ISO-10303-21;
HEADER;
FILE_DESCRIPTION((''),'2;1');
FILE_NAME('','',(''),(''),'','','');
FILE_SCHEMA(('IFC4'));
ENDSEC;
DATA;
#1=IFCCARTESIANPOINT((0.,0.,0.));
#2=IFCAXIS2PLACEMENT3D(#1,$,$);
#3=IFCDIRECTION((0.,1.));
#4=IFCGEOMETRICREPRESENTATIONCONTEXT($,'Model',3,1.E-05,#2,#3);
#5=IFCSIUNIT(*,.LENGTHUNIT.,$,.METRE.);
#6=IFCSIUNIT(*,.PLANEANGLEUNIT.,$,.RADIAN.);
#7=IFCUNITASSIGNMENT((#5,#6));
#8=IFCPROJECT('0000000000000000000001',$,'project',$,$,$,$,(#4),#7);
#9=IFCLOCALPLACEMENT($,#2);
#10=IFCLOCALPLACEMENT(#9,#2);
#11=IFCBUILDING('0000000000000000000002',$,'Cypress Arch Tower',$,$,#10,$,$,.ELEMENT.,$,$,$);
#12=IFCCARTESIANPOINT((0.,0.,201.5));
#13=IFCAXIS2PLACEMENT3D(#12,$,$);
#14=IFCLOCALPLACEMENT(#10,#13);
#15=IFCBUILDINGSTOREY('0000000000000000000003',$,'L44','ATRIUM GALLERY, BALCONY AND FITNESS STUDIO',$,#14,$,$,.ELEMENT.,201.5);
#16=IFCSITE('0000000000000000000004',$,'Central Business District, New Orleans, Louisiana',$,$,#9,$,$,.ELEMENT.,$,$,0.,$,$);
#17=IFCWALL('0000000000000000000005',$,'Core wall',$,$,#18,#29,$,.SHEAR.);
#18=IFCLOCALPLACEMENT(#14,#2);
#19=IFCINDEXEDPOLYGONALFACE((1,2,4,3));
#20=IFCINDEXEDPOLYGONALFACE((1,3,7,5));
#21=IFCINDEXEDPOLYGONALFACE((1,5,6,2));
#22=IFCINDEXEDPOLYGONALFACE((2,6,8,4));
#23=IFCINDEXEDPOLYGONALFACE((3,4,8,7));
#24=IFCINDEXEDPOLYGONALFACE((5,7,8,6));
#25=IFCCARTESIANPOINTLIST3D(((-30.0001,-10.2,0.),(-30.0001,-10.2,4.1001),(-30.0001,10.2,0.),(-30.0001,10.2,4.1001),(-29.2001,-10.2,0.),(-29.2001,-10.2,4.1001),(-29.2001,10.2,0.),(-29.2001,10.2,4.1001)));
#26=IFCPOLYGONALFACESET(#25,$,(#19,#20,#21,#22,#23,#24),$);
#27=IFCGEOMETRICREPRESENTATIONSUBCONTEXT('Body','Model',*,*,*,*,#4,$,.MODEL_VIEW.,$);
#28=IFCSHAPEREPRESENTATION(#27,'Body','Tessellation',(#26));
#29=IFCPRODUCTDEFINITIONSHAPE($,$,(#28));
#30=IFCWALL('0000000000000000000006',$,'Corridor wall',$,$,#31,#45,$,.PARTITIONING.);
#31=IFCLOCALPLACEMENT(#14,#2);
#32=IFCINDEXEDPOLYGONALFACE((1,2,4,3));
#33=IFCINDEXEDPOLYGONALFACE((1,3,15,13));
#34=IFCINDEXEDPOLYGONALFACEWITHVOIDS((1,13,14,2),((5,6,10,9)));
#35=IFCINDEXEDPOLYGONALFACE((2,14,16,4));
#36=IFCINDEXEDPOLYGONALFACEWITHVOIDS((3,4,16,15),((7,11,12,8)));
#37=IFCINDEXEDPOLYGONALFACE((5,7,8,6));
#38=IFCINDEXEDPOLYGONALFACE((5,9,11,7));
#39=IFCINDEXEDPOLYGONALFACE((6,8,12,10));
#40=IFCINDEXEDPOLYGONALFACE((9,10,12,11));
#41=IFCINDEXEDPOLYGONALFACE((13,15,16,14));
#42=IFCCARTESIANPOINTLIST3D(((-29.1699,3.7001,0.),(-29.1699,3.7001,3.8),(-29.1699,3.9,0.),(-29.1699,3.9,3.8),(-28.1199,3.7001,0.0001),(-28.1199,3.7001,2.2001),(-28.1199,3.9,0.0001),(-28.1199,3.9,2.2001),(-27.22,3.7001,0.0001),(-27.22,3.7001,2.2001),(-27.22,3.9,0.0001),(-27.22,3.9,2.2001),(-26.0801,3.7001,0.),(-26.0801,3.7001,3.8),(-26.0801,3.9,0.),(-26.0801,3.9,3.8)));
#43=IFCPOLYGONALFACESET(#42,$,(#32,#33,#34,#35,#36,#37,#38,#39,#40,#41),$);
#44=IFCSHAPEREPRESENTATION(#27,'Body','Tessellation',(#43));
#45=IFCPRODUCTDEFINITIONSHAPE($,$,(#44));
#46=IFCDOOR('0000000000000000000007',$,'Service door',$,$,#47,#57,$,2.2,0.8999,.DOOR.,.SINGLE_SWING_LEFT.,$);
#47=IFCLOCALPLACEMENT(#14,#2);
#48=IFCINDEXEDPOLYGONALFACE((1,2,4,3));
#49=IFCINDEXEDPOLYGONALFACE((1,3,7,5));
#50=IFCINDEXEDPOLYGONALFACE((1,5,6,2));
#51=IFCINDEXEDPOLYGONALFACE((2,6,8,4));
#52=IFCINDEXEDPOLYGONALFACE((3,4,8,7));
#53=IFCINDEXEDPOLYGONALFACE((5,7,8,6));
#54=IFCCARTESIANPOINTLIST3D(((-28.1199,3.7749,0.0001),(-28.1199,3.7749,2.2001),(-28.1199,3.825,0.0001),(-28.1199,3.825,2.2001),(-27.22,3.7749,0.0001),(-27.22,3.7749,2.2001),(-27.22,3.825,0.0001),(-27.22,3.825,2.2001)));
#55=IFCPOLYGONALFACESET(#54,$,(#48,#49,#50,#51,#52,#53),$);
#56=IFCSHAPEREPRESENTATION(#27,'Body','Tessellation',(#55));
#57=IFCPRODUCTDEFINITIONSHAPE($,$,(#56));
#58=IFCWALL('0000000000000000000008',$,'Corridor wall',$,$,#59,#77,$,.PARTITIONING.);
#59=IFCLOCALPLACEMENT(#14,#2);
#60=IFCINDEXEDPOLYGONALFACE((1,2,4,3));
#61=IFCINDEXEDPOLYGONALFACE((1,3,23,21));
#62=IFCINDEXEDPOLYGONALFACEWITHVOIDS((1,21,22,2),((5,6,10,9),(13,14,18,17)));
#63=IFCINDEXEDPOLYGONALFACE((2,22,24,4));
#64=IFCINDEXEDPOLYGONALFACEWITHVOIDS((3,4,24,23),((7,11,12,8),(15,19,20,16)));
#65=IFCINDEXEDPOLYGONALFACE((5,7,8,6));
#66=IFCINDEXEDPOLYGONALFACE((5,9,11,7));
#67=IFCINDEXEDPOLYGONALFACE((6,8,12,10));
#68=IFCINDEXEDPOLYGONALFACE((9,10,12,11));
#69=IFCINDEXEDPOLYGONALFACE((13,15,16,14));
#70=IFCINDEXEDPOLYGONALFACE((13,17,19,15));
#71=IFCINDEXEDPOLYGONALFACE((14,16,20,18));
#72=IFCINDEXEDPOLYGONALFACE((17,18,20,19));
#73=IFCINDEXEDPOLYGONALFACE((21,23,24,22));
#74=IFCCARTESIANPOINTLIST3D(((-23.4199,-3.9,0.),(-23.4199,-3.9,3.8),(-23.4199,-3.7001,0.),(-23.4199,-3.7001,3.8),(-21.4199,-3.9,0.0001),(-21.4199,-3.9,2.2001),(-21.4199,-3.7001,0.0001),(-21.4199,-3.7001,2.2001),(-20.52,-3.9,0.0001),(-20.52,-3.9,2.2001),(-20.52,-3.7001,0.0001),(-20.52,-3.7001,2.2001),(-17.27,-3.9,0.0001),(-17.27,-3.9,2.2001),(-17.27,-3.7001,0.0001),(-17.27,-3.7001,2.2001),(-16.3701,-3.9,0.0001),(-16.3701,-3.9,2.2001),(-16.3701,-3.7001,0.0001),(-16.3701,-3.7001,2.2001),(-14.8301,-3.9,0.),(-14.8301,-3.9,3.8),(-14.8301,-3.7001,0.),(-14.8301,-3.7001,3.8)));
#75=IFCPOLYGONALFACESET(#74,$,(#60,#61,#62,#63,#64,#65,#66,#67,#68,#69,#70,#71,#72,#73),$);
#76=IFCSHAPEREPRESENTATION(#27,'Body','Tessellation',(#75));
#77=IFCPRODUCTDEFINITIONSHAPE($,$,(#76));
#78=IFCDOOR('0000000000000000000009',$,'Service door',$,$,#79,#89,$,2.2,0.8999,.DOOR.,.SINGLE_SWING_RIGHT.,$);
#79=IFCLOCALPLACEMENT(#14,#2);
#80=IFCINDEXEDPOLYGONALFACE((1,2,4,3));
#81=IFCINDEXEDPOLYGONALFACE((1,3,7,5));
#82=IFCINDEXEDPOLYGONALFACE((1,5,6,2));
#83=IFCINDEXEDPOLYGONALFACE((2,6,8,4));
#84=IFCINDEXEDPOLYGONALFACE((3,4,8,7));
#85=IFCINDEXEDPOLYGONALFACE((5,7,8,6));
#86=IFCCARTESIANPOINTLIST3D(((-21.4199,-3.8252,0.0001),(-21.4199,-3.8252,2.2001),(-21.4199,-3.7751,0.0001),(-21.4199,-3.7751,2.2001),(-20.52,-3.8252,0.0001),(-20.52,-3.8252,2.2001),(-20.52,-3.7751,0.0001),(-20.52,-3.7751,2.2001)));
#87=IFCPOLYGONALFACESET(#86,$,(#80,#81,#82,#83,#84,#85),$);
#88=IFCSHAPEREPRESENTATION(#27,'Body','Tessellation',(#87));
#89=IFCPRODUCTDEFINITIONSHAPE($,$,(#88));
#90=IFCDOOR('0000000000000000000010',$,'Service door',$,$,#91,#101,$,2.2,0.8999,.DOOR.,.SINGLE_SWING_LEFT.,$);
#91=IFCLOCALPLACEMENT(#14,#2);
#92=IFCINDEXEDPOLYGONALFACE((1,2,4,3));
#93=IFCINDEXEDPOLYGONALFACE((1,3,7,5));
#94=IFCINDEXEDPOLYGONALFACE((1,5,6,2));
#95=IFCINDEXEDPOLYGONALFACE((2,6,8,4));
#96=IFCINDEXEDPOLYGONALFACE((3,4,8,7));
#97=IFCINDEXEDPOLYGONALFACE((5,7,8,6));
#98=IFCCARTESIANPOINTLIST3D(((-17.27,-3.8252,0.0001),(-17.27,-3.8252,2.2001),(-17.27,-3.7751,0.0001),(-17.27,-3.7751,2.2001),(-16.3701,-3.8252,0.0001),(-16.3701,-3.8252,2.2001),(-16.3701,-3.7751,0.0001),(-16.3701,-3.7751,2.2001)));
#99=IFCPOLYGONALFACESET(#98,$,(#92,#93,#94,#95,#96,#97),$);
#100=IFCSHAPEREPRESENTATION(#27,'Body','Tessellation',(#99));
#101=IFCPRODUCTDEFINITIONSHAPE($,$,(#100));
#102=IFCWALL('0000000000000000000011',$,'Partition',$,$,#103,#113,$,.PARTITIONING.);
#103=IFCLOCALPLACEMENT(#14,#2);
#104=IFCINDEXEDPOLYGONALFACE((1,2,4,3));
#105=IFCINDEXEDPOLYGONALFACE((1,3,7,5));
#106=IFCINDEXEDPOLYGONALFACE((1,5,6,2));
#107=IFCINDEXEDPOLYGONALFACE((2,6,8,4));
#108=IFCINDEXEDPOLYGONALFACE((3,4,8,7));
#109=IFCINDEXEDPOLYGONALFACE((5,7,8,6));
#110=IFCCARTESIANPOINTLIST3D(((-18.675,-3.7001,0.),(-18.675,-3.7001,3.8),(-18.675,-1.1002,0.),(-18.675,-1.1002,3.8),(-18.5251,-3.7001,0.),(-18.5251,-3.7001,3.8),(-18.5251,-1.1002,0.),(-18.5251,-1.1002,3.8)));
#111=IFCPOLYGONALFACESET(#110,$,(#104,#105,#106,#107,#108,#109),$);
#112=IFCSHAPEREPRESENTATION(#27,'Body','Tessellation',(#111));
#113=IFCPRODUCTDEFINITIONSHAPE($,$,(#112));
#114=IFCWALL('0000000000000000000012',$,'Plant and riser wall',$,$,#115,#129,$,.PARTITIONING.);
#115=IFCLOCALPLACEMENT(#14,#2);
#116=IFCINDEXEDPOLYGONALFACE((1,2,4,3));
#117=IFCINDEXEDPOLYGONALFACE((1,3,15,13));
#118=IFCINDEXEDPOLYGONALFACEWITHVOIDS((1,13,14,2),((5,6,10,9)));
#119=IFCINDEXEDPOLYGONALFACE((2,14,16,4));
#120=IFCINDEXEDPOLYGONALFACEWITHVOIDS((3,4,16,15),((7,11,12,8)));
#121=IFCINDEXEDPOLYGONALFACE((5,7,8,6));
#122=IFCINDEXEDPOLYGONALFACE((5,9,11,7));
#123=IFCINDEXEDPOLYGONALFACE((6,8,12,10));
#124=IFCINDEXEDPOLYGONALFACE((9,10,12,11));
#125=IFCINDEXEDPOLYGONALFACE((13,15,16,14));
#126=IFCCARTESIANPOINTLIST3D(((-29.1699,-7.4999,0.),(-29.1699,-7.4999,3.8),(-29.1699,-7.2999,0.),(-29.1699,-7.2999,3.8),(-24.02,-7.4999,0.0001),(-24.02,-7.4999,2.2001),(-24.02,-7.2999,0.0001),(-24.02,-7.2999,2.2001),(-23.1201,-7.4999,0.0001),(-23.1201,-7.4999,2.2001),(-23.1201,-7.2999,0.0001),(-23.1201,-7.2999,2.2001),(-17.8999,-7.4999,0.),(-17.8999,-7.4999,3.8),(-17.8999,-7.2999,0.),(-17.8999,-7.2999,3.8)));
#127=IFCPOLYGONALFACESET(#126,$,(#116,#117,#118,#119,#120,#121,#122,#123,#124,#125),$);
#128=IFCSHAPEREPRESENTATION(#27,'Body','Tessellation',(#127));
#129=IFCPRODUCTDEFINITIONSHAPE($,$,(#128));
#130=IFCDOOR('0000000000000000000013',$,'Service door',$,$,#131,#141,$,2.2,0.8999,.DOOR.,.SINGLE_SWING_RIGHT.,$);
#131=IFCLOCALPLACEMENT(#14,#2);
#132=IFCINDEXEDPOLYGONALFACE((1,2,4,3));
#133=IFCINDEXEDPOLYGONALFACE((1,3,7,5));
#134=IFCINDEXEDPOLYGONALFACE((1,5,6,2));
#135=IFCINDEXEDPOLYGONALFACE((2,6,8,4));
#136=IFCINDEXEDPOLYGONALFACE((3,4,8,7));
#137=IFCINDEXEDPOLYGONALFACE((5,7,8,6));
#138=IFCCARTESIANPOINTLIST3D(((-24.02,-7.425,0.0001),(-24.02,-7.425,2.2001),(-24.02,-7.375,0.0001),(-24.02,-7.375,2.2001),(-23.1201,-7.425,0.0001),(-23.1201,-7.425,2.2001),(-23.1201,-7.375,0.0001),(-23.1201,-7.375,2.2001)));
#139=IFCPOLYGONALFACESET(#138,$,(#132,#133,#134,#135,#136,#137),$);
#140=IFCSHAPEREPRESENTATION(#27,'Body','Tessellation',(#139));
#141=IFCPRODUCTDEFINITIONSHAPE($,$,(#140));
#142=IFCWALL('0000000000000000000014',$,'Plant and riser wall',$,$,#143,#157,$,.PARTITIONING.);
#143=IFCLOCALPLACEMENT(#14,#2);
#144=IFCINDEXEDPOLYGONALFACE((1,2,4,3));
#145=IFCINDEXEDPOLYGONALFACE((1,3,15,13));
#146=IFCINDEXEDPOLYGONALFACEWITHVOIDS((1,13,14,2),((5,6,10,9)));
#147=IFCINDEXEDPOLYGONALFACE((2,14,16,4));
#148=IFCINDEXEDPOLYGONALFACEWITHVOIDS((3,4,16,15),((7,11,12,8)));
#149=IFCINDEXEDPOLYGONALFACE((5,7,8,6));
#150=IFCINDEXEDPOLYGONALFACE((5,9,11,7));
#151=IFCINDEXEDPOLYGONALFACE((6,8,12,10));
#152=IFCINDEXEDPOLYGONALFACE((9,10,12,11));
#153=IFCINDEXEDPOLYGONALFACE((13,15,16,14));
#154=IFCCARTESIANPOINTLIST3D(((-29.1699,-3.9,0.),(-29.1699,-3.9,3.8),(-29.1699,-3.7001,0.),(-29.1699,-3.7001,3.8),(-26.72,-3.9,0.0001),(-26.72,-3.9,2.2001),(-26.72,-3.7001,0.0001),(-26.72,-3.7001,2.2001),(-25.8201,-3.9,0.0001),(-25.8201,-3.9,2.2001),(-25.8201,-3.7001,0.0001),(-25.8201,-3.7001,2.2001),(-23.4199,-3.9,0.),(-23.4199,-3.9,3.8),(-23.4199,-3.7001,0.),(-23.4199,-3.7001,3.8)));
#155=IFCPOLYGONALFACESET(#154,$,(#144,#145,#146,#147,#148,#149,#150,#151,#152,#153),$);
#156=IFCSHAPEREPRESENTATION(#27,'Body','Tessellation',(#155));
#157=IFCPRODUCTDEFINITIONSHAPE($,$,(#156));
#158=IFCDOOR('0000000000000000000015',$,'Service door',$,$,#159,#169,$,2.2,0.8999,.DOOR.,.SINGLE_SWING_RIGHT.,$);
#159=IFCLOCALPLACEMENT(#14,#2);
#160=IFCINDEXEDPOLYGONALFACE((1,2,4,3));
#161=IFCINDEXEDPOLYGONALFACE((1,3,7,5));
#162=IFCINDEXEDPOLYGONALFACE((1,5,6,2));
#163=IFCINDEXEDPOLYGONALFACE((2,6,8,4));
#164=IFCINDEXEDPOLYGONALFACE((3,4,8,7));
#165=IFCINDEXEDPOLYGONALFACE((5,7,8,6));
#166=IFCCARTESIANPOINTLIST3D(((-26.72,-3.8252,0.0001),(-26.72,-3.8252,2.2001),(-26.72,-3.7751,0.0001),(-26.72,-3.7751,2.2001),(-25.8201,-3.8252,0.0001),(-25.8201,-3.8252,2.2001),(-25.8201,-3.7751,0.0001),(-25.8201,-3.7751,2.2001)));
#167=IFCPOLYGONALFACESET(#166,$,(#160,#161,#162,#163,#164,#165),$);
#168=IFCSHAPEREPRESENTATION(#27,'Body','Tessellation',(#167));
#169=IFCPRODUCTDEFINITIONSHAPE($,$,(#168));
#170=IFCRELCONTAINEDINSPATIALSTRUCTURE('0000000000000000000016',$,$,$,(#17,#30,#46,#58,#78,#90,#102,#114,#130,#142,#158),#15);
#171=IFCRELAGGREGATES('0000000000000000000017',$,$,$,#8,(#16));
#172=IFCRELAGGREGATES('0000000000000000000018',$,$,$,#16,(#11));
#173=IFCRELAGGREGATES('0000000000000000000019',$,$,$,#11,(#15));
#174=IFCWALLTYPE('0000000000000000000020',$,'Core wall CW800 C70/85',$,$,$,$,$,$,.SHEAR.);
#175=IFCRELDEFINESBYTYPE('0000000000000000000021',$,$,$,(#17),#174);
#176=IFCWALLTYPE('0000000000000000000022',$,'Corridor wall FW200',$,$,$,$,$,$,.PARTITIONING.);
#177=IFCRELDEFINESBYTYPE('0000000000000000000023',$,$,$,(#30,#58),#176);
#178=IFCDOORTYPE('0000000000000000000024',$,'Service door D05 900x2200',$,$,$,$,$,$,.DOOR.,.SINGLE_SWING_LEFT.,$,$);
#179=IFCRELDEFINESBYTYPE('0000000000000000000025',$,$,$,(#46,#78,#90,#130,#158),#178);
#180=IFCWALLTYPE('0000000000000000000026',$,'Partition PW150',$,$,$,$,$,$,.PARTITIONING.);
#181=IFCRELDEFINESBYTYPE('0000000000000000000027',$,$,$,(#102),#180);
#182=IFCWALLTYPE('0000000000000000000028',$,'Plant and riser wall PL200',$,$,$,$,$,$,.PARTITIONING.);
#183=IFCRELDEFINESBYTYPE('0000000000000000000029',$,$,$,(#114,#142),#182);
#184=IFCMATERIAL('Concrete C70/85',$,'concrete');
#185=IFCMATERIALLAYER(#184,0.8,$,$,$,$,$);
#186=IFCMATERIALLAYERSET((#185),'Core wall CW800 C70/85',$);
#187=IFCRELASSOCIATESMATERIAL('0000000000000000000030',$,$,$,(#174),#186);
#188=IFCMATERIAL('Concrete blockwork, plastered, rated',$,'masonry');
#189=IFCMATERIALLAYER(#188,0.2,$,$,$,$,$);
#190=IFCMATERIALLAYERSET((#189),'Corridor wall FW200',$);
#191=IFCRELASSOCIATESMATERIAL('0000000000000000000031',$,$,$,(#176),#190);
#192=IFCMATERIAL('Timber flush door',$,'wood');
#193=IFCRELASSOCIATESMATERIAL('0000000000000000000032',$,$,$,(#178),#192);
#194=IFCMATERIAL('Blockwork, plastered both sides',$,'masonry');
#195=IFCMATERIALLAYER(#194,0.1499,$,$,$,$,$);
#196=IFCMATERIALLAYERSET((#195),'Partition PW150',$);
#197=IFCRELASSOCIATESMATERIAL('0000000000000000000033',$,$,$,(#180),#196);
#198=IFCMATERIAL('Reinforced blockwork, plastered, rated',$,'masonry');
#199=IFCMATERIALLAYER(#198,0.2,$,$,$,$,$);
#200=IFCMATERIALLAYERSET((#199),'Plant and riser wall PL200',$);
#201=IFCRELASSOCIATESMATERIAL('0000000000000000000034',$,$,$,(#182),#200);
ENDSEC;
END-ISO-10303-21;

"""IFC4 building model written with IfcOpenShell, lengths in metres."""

from ifc_helpers import new_model, si_unit, direction, frame, frame_2d, origin, place, context, subcontext, project, spatial, rectangle, extrude, material, layer, layer_set, type_object, element, fill, save


model = new_model("IFC4")

# Units and contexts
model_context = context("Model", 3, precision=1e-05, world=origin(), true_north=direction((0.0, 1.0)))
body_context = subcontext(model_context, "Body", "Model", "MODEL_VIEW")
ifc_project = project(units=[si_unit("LENGTHUNIT", "METRE"), si_unit("PLANEANGLEUNIT", "RADIAN")], contexts=[model_context])

# Site, building, storey
site_placement = place(None, origin())
site = spatial("IfcSite", under=ifc_project, at=site_placement, Name="Central Business District, New Orleans, Louisiana", CompositionType="ELEMENT", RefElevation=0.0)
building_placement = place(site_placement, origin())
building = spatial("IfcBuilding", under=site, at=building_placement, Name="Cypress Arch Tower", CompositionType="ELEMENT")
storey_placement = place(building_placement, frame((0.0, 0.0, 201.5)))
storey = spatial("IfcBuildingStorey", under=building, at=storey_placement, Name="L44", Description="ATRIUM GALLERY, BALCONY AND FITNESS STUDIO", CompositionType="ELEMENT", Elevation=201.5)

# Wall
ifc_material_1 = material(Name="Concrete C70/85", Category="concrete")
ifc_layer_1 = layer(ifc_material_1, 0.8)
ifc_layer_set_1 = layer_set([ifc_layer_1], Name="Core wall CW800 C70/85")
wall_type_1 = type_object("IfcWallType", Name="Core wall CW800 C70/85", PredefinedType="SHEAR", material=ifc_layer_set_1)
wall_1_placement = place(storey_placement, frame((-29.6001, -10.2, 0.0), z_axis=(0.0, 0.0, 1.0), x_axis=(0.0, 1.0, 0.0)))
element("IfcWall", 1, at=wall_1_placement, inside=storey, type_object=wall_type_1, Name="Core wall", PredefinedType="SHEAR", context=body_context, shape_type="SweptSolid", body=[
    extrude(rectangle(XDim=20.3999, YDim=0.8, at=frame_2d((10.2, 0.0))), origin(), (0.0, 0.0, 1.0), 4.1001),
])

# Wall, opening, door
ifc_material_2 = material(Name="Concrete blockwork, plastered, rated", Category="masonry")
ifc_layer_2 = layer(ifc_material_2, 0.2)
ifc_layer_set_2 = layer_set([ifc_layer_2], Name="Corridor wall FW200")
wall_type_2 = type_object("IfcWallType", Name="Corridor wall FW200", PredefinedType="PARTITIONING", material=ifc_layer_set_2)
wall_2_placement = place(storey_placement, frame((-29.1699, 3.8, 0.0), z_axis=(0.0, 0.0, 1.0), x_axis=(1.0, 0.0, 0.0)))
wall_2 = element("IfcWall", 2, at=wall_2_placement, inside=storey, type_object=wall_type_2, Name="Corridor wall", PredefinedType="PARTITIONING", context=body_context, shape_type="SweptSolid", body=[
    extrude(rectangle(XDim=3.0898, YDim=0.2, at=frame_2d((1.5449, 0.0))), origin(), (0.0, 0.0, 1.0), 3.8),
])
opening_1_placement = place(wall_2_placement, frame((1.05, 0.0, 0.0)))
opening_1 = element("IfcOpeningElement", 3, at=opening_1_placement, cuts=wall_2, PredefinedType="OPENING", context=body_context, shape_type="SweptSolid", body=[
    extrude(rectangle(XDim=0.8999, YDim=2.2, at=frame_2d((0.45, 1.1001))), frame((0.0, 0.1099, 0.0), z_axis=(0.0, -1.0, 0.0), x_axis=(1.0, 0.0, 0.0)), (0.0, 0.0, 1.0), 0.22),
])
ifc_material_3 = material(Name="Timber flush door", Category="wood")
door_type_1 = type_object("IfcDoorType", Name="Service door D05 900x2200", OperationType="SINGLE_SWING_LEFT", PredefinedType="DOOR", material=ifc_material_3)
door_1_placement = place(opening_1_placement, origin())
door_1 = element("IfcDoor", 4, at=door_1_placement, inside=storey, type_object=door_type_1, Name="Service door", OperationType="SINGLE_SWING_LEFT", OverallHeight=2.2, OverallWidth=0.8999, PredefinedType="DOOR", context=body_context, shape_type="SweptSolid", body=[
    extrude(rectangle(XDim=0.8999, YDim=2.2, at=frame_2d((0.45, 1.1001))), frame((0.0, 0.0249, 0.0), z_axis=(0.0, -1.0, 0.0), x_axis=(1.0, 0.0, 0.0)), (0.0, 0.0, 1.0), 0.05),
])
fill(opening_1, door_1)

# Wall, openings, doors
wall_3_placement = place(storey_placement, frame((-23.4199, -3.8, 0.0), z_axis=(0.0, 0.0, 1.0), x_axis=(1.0, 0.0, 0.0)))
wall_3 = element("IfcWall", 5, at=wall_3_placement, inside=storey, type_object=wall_type_2, Name="Corridor wall", PredefinedType="PARTITIONING", context=body_context, shape_type="SweptSolid", body=[
    extrude(rectangle(XDim=8.5898, YDim=0.2, at=frame_2d((4.2949, 0.0))), origin(), (0.0, 0.0, 1.0), 3.8),
])
opening_2_placement = place(wall_3_placement, frame((2.0, 0.0, 0.0)))
opening_2 = element("IfcOpeningElement", 6, at=opening_2_placement, cuts=wall_3, PredefinedType="OPENING", context=body_context, shape_type="SweptSolid", body=[
    extrude(rectangle(XDim=0.8999, YDim=2.2, at=frame_2d((0.45, 1.1001))), frame((0.0, 0.1099, 0.0), z_axis=(0.0, -1.0, 0.0), x_axis=(1.0, 0.0, 0.0)), (0.0, 0.0, 1.0), 0.22),
])
opening_3_placement = place(wall_3_placement, frame((6.1499, 0.0, 0.0)))
opening_3 = element("IfcOpeningElement", 7, at=opening_3_placement, cuts=wall_3, PredefinedType="OPENING", context=body_context, shape_type="SweptSolid", body=[
    extrude(rectangle(XDim=0.8999, YDim=2.2, at=frame_2d((0.45, 1.1001))), frame((0.0, 0.1099, 0.0), z_axis=(0.0, -1.0, 0.0), x_axis=(1.0, 0.0, 0.0)), (0.0, 0.0, 1.0), 0.22),
])
door_2_placement = place(opening_2_placement, origin())
door_2 = element("IfcDoor", 8, at=door_2_placement, inside=storey, type_object=door_type_1, Name="Service door", OperationType="SINGLE_SWING_RIGHT", OverallHeight=2.2, OverallWidth=0.8999, PredefinedType="DOOR", context=body_context, shape_type="SweptSolid", body=[
    extrude(rectangle(XDim=0.8999, YDim=2.2, at=frame_2d((0.45, 1.1001))), frame((0.0, 0.0249, 0.0), z_axis=(0.0, -1.0, 0.0), x_axis=(1.0, 0.0, 0.0)), (0.0, 0.0, 1.0), 0.05),
])
fill(opening_2, door_2)
door_3_placement = place(opening_3_placement, origin())
door_3 = element("IfcDoor", 9, at=door_3_placement, inside=storey, type_object=door_type_1, Name="Service door", OperationType="SINGLE_SWING_LEFT", OverallHeight=2.2, OverallWidth=0.8999, PredefinedType="DOOR", context=body_context, shape_type="SweptSolid", body=[
    extrude(rectangle(XDim=0.8999, YDim=2.2, at=frame_2d((0.45, 1.1001))), frame((0.0, 0.0249, 0.0), z_axis=(0.0, -1.0, 0.0), x_axis=(1.0, 0.0, 0.0)), (0.0, 0.0, 1.0), 0.05),
])
fill(opening_3, door_3)

# Wall
ifc_material_4 = material(Name="Blockwork, plastered both sides", Category="masonry")
ifc_layer_3 = layer(ifc_material_4, 0.1499)
ifc_layer_set_3 = layer_set([ifc_layer_3], Name="Partition PW150")
wall_type_3 = type_object("IfcWallType", Name="Partition PW150", PredefinedType="PARTITIONING", material=ifc_layer_set_3)
wall_4_placement = place(storey_placement, frame((-18.6001, -3.7, 0.0), z_axis=(0.0, 0.0, 1.0), x_axis=(0.0, 1.0, 0.0)))
element("IfcWall", 10, at=wall_4_placement, inside=storey, type_object=wall_type_3, Name="Partition", PredefinedType="PARTITIONING", context=body_context, shape_type="SweptSolid", body=[
    extrude(rectangle(XDim=2.5999, YDim=0.1499, at=frame_2d((1.2998, 0.0))), origin(), (0.0, 0.0, 1.0), 3.8),
])

# Walls, openings, doors
ifc_material_5 = material(Name="Reinforced blockwork, plastered, rated", Category="masonry")
ifc_layer_4 = layer(ifc_material_5, 0.2)
ifc_layer_set_4 = layer_set([ifc_layer_4], Name="Plant and riser wall PL200")
wall_type_4 = type_object("IfcWallType", Name="Plant and riser wall PL200", PredefinedType="PARTITIONING", material=ifc_layer_set_4)
wall_5_placement = place(storey_placement, frame((-29.1699, -7.3999, 0.0), z_axis=(0.0, 0.0, 1.0), x_axis=(1.0, 0.0, 0.0)))
wall_5 = element("IfcWall", 11, at=wall_5_placement, inside=storey, type_object=wall_type_4, Name="Plant and riser wall", PredefinedType="PARTITIONING", context=body_context, shape_type="SweptSolid", body=[
    extrude(rectangle(XDim=11.27, YDim=0.2, at=frame_2d((5.635, 0.0))), origin(), (0.0, 0.0, 1.0), 3.8),
])
opening_4_placement = place(wall_5_placement, frame((5.1499, 0.0, 0.0)))
opening_4 = element("IfcOpeningElement", 12, at=opening_4_placement, cuts=wall_5, PredefinedType="OPENING", context=body_context, shape_type="SweptSolid", body=[
    extrude(rectangle(XDim=0.8999, YDim=2.2, at=frame_2d((0.45, 1.1001))), frame((0.0, 0.1099, 0.0), z_axis=(0.0, -1.0, 0.0), x_axis=(1.0, 0.0, 0.0)), (0.0, 0.0, 1.0), 0.22),
])
door_4_placement = place(opening_4_placement, origin())
door_4 = element("IfcDoor", 13, at=door_4_placement, inside=storey, type_object=door_type_1, Name="Service door", OperationType="SINGLE_SWING_RIGHT", OverallHeight=2.2, OverallWidth=0.8999, PredefinedType="DOOR", context=body_context, shape_type="SweptSolid", body=[
    extrude(rectangle(XDim=0.8999, YDim=2.2, at=frame_2d((0.45, 1.1001))), frame((0.0, 0.0249, 0.0), z_axis=(0.0, -1.0, 0.0), x_axis=(1.0, 0.0, 0.0)), (0.0, 0.0, 1.0), 0.05),
])
fill(opening_4, door_4)
wall_6_placement = place(storey_placement, frame((-29.1699, -3.8, 0.0), z_axis=(0.0, 0.0, 1.0), x_axis=(1.0, 0.0, 0.0)))
wall_6 = element("IfcWall", 14, at=wall_6_placement, inside=storey, type_object=wall_type_4, Name="Plant and riser wall", PredefinedType="PARTITIONING", context=body_context, shape_type="SweptSolid", body=[
    extrude(rectangle(XDim=5.75, YDim=0.2, at=frame_2d((2.875, 0.0))), origin(), (0.0, 0.0, 1.0), 3.8),
])
opening_5_placement = place(wall_6_placement, frame((2.45, 0.0, 0.0)))
opening_5 = element("IfcOpeningElement", 15, at=opening_5_placement, cuts=wall_6, PredefinedType="OPENING", context=body_context, shape_type="SweptSolid", body=[
    extrude(rectangle(XDim=0.8999, YDim=2.2, at=frame_2d((0.45, 1.1001))), frame((0.0, 0.1099, 0.0), z_axis=(0.0, -1.0, 0.0), x_axis=(1.0, 0.0, 0.0)), (0.0, 0.0, 1.0), 0.22),
])
door_5_placement = place(opening_5_placement, origin())
door_5 = element("IfcDoor", 16, at=door_5_placement, inside=storey, type_object=door_type_1, Name="Service door", OperationType="SINGLE_SWING_RIGHT", OverallHeight=2.2, OverallWidth=0.8999, PredefinedType="DOOR", context=body_context, shape_type="SweptSolid", body=[
    extrude(rectangle(XDim=0.8999, YDim=2.2, at=frame_2d((0.45, 1.1001))), frame((0.0, 0.0249, 0.0), z_axis=(0.0, -1.0, 0.0), x_axis=(1.0, 0.0, 0.0)), (0.0, 0.0, 1.0), 0.05),
])
fill(opening_5, door_5)

save(model, "model.ifc")
